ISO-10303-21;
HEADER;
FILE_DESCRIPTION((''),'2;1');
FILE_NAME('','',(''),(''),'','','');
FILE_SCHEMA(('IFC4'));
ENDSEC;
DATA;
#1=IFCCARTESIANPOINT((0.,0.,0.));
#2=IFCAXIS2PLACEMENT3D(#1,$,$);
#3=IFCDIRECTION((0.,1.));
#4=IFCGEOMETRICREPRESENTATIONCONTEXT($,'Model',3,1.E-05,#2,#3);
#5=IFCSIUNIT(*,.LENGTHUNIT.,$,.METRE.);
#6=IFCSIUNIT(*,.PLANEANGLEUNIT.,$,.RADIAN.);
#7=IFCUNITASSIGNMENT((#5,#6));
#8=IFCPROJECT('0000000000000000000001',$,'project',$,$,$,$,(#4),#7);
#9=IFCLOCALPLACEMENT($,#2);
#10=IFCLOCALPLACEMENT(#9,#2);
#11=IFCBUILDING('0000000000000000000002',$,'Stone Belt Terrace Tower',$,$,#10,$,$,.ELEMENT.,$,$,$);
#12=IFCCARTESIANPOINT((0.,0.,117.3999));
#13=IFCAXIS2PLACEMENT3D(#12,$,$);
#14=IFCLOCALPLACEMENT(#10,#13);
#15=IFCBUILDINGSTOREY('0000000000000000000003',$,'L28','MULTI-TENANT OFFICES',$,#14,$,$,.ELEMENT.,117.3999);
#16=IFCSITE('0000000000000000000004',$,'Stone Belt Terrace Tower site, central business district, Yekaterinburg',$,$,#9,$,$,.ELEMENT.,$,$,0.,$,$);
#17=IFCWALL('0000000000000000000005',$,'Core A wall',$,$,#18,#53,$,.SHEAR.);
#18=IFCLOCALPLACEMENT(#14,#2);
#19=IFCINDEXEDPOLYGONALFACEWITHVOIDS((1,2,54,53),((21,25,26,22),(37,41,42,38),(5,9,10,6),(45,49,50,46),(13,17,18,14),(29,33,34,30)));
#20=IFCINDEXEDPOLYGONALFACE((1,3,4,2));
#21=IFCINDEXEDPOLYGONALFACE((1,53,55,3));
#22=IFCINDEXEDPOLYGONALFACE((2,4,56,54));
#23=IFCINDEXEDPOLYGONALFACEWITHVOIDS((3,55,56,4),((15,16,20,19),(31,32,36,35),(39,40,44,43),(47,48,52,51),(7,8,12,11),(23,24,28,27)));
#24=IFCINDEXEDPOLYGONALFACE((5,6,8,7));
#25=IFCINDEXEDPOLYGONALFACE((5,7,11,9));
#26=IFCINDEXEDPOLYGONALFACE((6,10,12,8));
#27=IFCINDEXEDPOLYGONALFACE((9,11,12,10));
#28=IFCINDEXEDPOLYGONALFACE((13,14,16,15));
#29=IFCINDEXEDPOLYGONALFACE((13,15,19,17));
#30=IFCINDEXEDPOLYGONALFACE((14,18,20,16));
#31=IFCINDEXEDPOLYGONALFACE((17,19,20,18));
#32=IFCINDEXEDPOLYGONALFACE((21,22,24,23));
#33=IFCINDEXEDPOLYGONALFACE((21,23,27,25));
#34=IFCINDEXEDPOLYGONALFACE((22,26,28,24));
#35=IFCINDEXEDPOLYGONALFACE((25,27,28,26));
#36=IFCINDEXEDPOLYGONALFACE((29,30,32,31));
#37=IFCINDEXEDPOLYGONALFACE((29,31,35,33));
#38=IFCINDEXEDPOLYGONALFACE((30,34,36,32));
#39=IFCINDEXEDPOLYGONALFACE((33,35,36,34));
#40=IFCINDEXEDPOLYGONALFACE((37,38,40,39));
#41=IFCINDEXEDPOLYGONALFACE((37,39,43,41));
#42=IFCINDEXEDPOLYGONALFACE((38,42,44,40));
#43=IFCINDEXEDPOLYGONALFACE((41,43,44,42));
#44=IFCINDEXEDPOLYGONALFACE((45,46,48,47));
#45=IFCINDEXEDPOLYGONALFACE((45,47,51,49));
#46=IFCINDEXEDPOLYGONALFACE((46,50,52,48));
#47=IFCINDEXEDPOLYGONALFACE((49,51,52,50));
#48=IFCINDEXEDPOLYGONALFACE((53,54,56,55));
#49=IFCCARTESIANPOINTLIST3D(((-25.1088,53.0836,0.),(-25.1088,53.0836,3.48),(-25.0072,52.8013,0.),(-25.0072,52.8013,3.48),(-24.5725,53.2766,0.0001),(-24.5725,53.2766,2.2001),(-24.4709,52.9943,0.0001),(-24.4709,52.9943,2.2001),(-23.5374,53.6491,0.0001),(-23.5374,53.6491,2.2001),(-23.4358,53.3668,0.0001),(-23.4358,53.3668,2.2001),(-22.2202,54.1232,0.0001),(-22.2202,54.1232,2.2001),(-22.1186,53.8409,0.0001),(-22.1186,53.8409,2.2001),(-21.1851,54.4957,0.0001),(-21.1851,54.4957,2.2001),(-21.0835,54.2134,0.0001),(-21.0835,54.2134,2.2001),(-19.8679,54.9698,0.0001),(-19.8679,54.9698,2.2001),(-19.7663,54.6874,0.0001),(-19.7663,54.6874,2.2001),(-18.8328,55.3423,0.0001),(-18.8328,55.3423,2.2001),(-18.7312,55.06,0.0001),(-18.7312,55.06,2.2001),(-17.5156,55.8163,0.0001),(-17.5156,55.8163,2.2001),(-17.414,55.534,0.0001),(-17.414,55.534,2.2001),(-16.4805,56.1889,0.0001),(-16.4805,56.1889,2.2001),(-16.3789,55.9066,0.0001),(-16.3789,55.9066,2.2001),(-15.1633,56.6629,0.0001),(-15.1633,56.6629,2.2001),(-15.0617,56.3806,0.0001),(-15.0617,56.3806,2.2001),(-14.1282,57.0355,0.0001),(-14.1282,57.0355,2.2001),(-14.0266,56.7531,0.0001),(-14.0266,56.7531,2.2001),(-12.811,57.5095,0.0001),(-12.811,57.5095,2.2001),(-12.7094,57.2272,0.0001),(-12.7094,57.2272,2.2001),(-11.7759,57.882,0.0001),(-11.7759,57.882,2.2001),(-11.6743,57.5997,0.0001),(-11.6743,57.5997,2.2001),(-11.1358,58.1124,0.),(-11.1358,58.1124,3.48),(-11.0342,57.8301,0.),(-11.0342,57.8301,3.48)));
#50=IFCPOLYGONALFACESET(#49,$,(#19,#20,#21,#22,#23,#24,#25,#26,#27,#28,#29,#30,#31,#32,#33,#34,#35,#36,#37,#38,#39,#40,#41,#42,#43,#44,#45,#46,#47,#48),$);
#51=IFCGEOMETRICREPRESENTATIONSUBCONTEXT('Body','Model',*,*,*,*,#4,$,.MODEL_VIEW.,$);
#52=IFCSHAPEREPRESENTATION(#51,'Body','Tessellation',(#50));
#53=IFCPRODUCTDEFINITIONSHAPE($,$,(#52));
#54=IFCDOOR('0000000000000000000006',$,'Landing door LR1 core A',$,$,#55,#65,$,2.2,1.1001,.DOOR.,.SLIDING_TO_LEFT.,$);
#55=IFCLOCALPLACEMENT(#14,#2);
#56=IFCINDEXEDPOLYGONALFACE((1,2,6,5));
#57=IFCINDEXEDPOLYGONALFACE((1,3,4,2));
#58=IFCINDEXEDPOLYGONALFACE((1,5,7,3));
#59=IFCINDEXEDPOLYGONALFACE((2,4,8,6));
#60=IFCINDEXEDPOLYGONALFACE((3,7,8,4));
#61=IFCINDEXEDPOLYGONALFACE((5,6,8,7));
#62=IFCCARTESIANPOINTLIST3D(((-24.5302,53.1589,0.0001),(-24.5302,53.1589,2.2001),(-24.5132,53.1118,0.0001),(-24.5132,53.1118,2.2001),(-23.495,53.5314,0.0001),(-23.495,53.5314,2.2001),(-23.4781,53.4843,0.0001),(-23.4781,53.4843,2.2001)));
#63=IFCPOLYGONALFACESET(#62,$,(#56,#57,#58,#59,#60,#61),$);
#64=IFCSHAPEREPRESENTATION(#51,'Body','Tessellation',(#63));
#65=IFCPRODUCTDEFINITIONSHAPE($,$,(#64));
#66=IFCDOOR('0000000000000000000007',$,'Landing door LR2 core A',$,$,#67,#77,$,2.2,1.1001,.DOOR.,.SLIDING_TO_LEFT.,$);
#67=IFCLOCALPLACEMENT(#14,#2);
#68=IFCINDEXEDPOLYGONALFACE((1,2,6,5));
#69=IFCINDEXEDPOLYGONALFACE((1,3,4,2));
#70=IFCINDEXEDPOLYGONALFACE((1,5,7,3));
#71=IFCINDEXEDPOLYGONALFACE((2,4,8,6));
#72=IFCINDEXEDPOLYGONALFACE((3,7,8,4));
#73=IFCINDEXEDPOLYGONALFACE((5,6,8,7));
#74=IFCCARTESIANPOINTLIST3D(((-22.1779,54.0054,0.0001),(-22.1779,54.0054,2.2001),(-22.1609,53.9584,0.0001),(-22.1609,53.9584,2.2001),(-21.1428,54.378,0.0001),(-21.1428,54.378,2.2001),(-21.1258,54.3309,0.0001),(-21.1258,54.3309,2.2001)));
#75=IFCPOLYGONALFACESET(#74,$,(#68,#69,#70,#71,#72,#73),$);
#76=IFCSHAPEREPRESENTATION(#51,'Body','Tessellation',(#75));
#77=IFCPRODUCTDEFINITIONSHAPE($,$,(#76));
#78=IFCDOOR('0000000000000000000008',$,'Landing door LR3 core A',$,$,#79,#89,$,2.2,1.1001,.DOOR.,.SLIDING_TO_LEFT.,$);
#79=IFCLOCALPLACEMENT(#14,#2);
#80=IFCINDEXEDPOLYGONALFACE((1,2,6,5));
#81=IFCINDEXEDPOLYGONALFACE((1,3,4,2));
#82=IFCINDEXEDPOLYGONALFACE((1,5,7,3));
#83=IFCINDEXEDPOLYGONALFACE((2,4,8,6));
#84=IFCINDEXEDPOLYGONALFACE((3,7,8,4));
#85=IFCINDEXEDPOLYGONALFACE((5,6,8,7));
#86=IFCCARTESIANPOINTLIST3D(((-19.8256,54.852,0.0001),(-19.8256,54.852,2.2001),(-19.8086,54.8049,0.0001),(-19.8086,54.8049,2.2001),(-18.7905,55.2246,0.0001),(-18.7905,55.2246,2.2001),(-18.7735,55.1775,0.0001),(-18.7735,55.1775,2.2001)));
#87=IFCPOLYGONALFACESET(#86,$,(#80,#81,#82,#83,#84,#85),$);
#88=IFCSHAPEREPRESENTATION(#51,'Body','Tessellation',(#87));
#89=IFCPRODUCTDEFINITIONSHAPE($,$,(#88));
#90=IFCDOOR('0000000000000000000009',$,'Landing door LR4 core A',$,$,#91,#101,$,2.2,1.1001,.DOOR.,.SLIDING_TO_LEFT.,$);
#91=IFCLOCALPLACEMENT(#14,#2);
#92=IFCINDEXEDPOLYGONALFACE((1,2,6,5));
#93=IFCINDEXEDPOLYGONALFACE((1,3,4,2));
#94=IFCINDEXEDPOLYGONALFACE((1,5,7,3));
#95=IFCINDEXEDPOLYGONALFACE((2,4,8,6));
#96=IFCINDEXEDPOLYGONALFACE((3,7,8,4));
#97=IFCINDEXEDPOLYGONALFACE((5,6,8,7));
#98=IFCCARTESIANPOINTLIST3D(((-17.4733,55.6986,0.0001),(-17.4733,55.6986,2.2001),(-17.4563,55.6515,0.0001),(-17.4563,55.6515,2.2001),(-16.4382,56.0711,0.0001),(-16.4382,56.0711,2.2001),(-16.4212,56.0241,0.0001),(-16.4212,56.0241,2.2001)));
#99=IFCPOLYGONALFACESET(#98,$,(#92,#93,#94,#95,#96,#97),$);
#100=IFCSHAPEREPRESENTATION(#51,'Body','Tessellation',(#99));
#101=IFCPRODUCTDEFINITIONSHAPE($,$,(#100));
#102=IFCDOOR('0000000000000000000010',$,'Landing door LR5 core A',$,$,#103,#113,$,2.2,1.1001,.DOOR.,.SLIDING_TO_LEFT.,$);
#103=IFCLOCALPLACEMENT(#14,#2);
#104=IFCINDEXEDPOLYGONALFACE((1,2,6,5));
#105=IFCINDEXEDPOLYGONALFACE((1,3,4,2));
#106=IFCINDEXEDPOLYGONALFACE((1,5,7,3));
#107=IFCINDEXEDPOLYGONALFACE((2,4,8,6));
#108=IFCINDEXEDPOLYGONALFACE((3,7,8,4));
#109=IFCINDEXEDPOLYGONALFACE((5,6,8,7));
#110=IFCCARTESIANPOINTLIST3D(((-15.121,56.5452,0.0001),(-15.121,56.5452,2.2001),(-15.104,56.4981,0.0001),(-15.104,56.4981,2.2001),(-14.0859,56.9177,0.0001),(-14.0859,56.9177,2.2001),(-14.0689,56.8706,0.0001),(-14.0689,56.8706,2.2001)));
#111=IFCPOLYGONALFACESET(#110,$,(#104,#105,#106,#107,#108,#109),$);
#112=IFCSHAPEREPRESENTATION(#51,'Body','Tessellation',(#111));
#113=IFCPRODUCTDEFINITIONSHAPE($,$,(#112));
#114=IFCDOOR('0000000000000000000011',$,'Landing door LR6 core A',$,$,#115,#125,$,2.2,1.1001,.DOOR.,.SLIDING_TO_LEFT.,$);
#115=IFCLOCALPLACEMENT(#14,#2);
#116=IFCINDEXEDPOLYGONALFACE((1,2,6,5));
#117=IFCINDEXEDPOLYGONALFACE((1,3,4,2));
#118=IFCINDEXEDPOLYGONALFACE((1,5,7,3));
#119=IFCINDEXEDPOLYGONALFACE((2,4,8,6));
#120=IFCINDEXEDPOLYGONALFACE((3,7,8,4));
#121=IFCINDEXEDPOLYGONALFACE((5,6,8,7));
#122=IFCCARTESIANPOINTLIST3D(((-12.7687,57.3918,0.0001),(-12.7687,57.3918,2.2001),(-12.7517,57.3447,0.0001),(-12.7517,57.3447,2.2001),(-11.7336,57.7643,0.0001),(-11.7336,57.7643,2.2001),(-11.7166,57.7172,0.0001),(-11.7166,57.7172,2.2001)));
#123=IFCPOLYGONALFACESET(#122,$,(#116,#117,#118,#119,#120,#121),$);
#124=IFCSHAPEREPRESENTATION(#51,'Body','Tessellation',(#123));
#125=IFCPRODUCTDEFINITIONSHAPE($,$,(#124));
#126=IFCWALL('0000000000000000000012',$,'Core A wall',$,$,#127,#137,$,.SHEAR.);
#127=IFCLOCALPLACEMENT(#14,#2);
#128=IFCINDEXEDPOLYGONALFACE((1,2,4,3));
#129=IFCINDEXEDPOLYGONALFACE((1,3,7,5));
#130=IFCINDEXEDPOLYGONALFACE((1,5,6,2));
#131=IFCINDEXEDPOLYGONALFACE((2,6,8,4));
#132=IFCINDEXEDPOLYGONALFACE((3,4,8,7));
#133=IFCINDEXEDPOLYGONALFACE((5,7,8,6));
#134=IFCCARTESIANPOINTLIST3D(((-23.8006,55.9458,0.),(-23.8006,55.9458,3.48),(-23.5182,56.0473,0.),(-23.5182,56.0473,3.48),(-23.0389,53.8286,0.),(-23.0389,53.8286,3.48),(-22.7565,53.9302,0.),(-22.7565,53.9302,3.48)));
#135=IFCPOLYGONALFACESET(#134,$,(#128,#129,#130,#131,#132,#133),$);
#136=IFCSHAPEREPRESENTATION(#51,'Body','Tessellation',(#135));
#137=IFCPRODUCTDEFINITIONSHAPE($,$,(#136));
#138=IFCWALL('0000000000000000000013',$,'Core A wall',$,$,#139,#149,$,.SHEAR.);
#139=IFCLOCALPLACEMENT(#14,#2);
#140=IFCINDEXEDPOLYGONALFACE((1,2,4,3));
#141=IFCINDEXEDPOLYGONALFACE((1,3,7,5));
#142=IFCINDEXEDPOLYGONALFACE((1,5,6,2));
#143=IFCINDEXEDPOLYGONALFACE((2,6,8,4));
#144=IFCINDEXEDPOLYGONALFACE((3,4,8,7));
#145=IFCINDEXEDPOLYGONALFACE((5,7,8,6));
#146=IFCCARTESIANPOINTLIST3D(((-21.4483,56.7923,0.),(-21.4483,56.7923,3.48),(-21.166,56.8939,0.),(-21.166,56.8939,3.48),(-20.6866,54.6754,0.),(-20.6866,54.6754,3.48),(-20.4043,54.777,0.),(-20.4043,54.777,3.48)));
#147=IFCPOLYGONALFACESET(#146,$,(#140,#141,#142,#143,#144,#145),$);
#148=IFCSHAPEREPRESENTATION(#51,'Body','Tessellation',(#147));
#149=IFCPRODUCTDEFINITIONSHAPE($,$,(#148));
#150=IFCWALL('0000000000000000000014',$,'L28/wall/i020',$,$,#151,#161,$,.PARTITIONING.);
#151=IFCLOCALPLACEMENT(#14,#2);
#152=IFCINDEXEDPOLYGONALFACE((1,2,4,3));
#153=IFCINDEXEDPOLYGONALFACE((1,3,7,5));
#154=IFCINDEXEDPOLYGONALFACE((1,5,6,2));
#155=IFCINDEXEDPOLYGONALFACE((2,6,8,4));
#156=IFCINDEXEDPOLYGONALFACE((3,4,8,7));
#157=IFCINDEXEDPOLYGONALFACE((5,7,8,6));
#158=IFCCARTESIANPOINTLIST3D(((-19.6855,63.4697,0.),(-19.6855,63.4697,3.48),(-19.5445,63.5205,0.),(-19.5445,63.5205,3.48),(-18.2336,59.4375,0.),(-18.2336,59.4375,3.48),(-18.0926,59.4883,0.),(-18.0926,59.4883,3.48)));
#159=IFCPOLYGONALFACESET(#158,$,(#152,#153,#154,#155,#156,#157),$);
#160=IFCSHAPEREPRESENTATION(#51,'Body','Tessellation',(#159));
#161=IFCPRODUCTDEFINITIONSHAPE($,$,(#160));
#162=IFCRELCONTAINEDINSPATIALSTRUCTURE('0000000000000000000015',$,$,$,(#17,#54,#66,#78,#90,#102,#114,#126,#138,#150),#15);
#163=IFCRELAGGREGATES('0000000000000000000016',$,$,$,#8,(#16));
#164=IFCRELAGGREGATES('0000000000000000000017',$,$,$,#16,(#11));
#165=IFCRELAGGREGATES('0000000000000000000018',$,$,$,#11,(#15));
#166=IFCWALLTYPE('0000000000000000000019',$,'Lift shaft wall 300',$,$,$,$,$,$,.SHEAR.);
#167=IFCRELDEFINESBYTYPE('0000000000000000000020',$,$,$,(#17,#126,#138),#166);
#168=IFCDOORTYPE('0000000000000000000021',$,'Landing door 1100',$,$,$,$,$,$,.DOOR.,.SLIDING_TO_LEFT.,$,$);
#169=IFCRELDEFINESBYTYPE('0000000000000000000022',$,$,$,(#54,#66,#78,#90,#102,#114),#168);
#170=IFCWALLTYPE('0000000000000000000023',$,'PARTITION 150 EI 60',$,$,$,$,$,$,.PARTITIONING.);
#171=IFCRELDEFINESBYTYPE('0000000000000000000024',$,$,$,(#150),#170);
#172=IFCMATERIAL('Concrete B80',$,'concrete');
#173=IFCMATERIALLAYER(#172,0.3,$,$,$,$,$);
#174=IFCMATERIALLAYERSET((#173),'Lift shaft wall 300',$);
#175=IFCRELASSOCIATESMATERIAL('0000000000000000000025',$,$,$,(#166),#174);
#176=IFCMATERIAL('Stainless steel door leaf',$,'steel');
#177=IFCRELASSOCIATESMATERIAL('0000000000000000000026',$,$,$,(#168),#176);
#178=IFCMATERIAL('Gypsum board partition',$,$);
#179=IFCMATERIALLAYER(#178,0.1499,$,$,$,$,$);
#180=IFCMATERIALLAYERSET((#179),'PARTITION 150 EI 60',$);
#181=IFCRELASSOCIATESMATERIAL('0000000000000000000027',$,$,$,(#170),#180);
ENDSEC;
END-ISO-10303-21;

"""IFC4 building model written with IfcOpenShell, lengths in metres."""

from ifc_helpers import new_model, si_unit, direction, frame, frame_2d, origin, place, context, subcontext, project, spatial, rectangle, extrude, material, layer, layer_set, type_object, element, fill, save


model = new_model("IFC4")

# Units and contexts
model_context = context("Model", 3, precision=1e-05, world=origin(), true_north=direction((0.0, 1.0)))
body_context = subcontext(model_context, "Body", "Model", "MODEL_VIEW")
ifc_project = project(units=[si_unit("LENGTHUNIT", "METRE"), si_unit("PLANEANGLEUNIT", "RADIAN")], contexts=[model_context])

# Site, building, storey
site_placement = place(None, origin())
site = spatial("IfcSite", under=ifc_project, at=site_placement, Name="Stone Belt Terrace Tower site, central business district, Yekaterinburg", CompositionType="ELEMENT", RefElevation=0.0)
building_placement = place(site_placement, origin())
building = spatial("IfcBuilding", under=site, at=building_placement, Name="Stone Belt Terrace Tower", CompositionType="ELEMENT")
storey_placement = place(building_placement, frame((0.0, 0.0, 117.3999)))
storey = spatial("IfcBuildingStorey", under=building, at=storey_placement, Name="L28", Description="MULTI-TENANT OFFICES", CompositionType="ELEMENT", Elevation=117.3999)

# Shared definitions
ifc_material_1 = material(Name="Concrete B80", Category="concrete")

# Wall, openings, doors
ifc_layer_1 = layer(ifc_material_1, 0.3)
ifc_layer_set_1 = layer_set([ifc_layer_1], Name="Lift shaft wall 300")
wall_type_1 = type_object("IfcWallType", Name="Lift shaft wall 300", PredefinedType="SHEAR", material=ifc_layer_set_1)
wall_1_placement = place(storey_placement, frame((-25.0581, 52.9424, 0.0), z_axis=(0.0, 0.0, 1.0), x_axis=(0.940918, 0.338634, 0.0)))
wall_1 = element("IfcWall", 1, at=wall_1_placement, inside=storey, type_object=wall_type_1, Name="Core A wall", PredefinedType="SHEAR", context=body_context, shape_type="SweptSolid", body=[
    extrude(rectangle(XDim=14.8503, YDim=0.3, at=frame_2d((7.4253, 0.0))), origin(), (0.0, 0.0, 1.0), 3.48),
])
opening_1_placement = place(wall_1_placement, frame((0.5701, 0.0, 0.0)))
opening_1 = element("IfcOpeningElement", 2, at=opening_1_placement, cuts=wall_1, PredefinedType="OPENING", context=body_context, shape_type="SweptSolid", body=[
    extrude(rectangle(XDim=1.1001, YDim=2.2, at=frame_2d((0.55, 1.1001))), frame((0.0, 0.1599, 0.0), z_axis=(0.0, -1.0, 0.0), x_axis=(1.0, 0.0, 0.0)), (0.0, 0.0, 1.0), 0.3201),
])
opening_2_placement = place(wall_1_placement, frame((3.0701, 0.0, 0.0)))
opening_2 = element("IfcOpeningElement", 3, at=opening_2_placement, cuts=wall_1, PredefinedType="OPENING", context=body_context, shape_type="SweptSolid", body=[
    extrude(rectangle(XDim=1.1001, YDim=2.2, at=frame_2d((0.55, 1.1001))), frame((0.0, 0.1599, 0.0), z_axis=(0.0, -1.0, 0.0), x_axis=(1.0, 0.0, 0.0)), (0.0, 0.0, 1.0), 0.3201),
])
opening_3_placement = place(wall_1_placement, frame((5.5701, 0.0, 0.0)))
opening_3 = element("IfcOpeningElement", 4, at=opening_3_placement, cuts=wall_1, PredefinedType="OPENING", context=body_context, shape_type="SweptSolid", body=[
    extrude(rectangle(XDim=1.1001, YDim=2.2, at=frame_2d((0.55, 1.1001))), frame((0.0, 0.1599, 0.0), z_axis=(0.0, -1.0, 0.0), x_axis=(1.0, 0.0, 0.0)), (0.0, 0.0, 1.0), 0.3201),
])
opening_4_placement = place(wall_1_placement, frame((8.0701, 0.0, 0.0)))
opening_4 = element("IfcOpeningElement", 5, at=opening_4_placement, cuts=wall_1, PredefinedType="OPENING", context=body_context, shape_type="SweptSolid", body=[
    extrude(rectangle(XDim=1.1001, YDim=2.2, at=frame_2d((0.55, 1.1001))), frame((0.0, 0.1599, 0.0), z_axis=(0.0, -1.0, 0.0), x_axis=(1.0, 0.0, 0.0)), (0.0, 0.0, 1.0), 0.3201),
])
opening_5_placement = place(wall_1_placement, frame((10.5701, 0.0, 0.0)))
opening_5 = element("IfcOpeningElement", 6, at=opening_5_placement, cuts=wall_1, PredefinedType="OPENING", context=body_context, shape_type="SweptSolid", body=[
    extrude(rectangle(XDim=1.1001, YDim=2.2, at=frame_2d((0.55, 1.1001))), frame((0.0, 0.1599, 0.0), z_axis=(0.0, -1.0, 0.0), x_axis=(1.0, 0.0, 0.0)), (0.0, 0.0, 1.0), 0.3201),
])
opening_6_placement = place(wall_1_placement, frame((13.0701, 0.0, 0.0)))
opening_6 = element("IfcOpeningElement", 7, at=opening_6_placement, cuts=wall_1, PredefinedType="OPENING", context=body_context, shape_type="SweptSolid", body=[
    extrude(rectangle(XDim=1.1001, YDim=2.2, at=frame_2d((0.55, 1.1001))), frame((0.0, 0.1599, 0.0), z_axis=(0.0, -1.0, 0.0), x_axis=(1.0, 0.0, 0.0)), (0.0, 0.0, 1.0), 0.3201),
])
ifc_material_2 = material(Name="Stainless steel door leaf", Category="steel")
door_type = type_object("IfcDoorType", Name="Landing door 1100", OperationType="SLIDING_TO_LEFT", PredefinedType="DOOR", material=ifc_material_2)
door_1_placement = place(opening_1_placement, origin())
door_1 = element("IfcDoor", 8, at=door_1_placement, inside=storey, type_object=door_type, Name="Landing door LR1 core A", OperationType="SLIDING_TO_LEFT", OverallHeight=2.2, OverallWidth=1.1001, PredefinedType="DOOR", context=body_context, shape_type="SweptSolid", body=[
    extrude(rectangle(XDim=1.1001, YDim=2.2, at=frame_2d((0.55, 1.1001))), frame((0.0, 0.0249, 0.0), z_axis=(0.0, -1.0, 0.0), x_axis=(1.0, 0.0, 0.0)), (0.0, 0.0, 1.0), 0.05),
])
fill(opening_1, door_1)
door_2_placement = place(opening_2_placement, origin())
door_2 = element("IfcDoor", 9, at=door_2_placement, inside=storey, type_object=door_type, Name="Landing door LR2 core A", OperationType="SLIDING_TO_LEFT", OverallHeight=2.2, OverallWidth=1.1001, PredefinedType="DOOR", context=body_context, shape_type="SweptSolid", body=[
    extrude(rectangle(XDim=1.1001, YDim=2.2, at=frame_2d((0.55, 1.1001))), frame((0.0, 0.0249, 0.0), z_axis=(0.0, -1.0, 0.0), x_axis=(1.0, 0.0, 0.0)), (0.0, 0.0, 1.0), 0.05),
])
fill(opening_2, door_2)
door_3_placement = place(opening_3_placement, origin())
door_3 = element("IfcDoor", 10, at=door_3_placement, inside=storey, type_object=door_type, Name="Landing door LR3 core A", OperationType="SLIDING_TO_LEFT", OverallHeight=2.2, OverallWidth=1.1001, PredefinedType="DOOR", context=body_context, shape_type="SweptSolid", body=[
    extrude(rectangle(XDim=1.1001, YDim=2.2, at=frame_2d((0.55, 1.1001))), frame((0.0, 0.0249, 0.0), z_axis=(0.0, -1.0, 0.0), x_axis=(1.0, 0.0, 0.0)), (0.0, 0.0, 1.0), 0.05),
])
fill(opening_3, door_3)
door_4_placement = place(opening_4_placement, origin())
door_4 = element("IfcDoor", 11, at=door_4_placement, inside=storey, type_object=door_type, Name="Landing door LR4 core A", OperationType="SLIDING_TO_LEFT", OverallHeight=2.2, OverallWidth=1.1001, PredefinedType="DOOR", context=body_context, shape_type="SweptSolid", body=[
    extrude(rectangle(XDim=1.1001, YDim=2.2, at=frame_2d((0.55, 1.1001))), frame((0.0, 0.0249, 0.0), z_axis=(0.0, -1.0, 0.0), x_axis=(1.0, 0.0, 0.0)), (0.0, 0.0, 1.0), 0.05),
])
fill(opening_4, door_4)
door_5_placement = place(opening_5_placement, origin())
door_5 = element("IfcDoor", 12, at=door_5_placement, inside=storey, type_object=door_type, Name="Landing door LR5 core A", OperationType="SLIDING_TO_LEFT", OverallHeight=2.2, OverallWidth=1.1001, PredefinedType="DOOR", context=body_context, shape_type="SweptSolid", body=[
    extrude(rectangle(XDim=1.1001, YDim=2.2, at=frame_2d((0.55, 1.1001))), frame((0.0, 0.0249, 0.0), z_axis=(0.0, -1.0, 0.0), x_axis=(1.0, 0.0, 0.0)), (0.0, 0.0, 1.0), 0.05),
])
fill(opening_5, door_5)
door_6_placement = place(opening_6_placement, origin())
door_6 = element("IfcDoor", 13, at=door_6_placement, inside=storey, type_object=door_type, Name="Landing door LR6 core A", OperationType="SLIDING_TO_LEFT", OverallHeight=2.2, OverallWidth=1.1001, PredefinedType="DOOR", context=body_context, shape_type="SweptSolid", body=[
    extrude(rectangle(XDim=1.1001, YDim=2.2, at=frame_2d((0.55, 1.1001))), frame((0.0, 0.0249, 0.0), z_axis=(0.0, -1.0, 0.0), x_axis=(1.0, 0.0, 0.0)), (0.0, 0.0, 1.0), 0.05),
])
fill(opening_6, door_6)

# Walls
wall_2_placement = place(storey_placement, frame((-22.8977, 53.8794, 0.0), z_axis=(0.0, 0.0, 1.0), x_axis=(-0.338535, 0.940954, 0.0)))
element("IfcWall", 14, at=wall_2_placement, inside=storey, type_object=wall_type_1, Name="Core A wall", PredefinedType="SHEAR", context=body_context, shape_type="SweptSolid", body=[
    extrude(rectangle(XDim=2.25, YDim=0.3, at=frame_2d((1.125, 0.0))), origin(), (0.0, 0.0, 1.0), 3.48),
])
wall_3_placement = place(storey_placement, frame((-20.5454, 54.7261, 0.0), z_axis=(0.0, 0.0, 1.0), x_axis=(-0.33857, 0.940941, 0.0)))
element("IfcWall", 15, at=wall_3_placement, inside=storey, type_object=wall_type_1, Name="Core A wall", PredefinedType="SHEAR", context=body_context, shape_type="SweptSolid", body=[
    extrude(rectangle(XDim=2.2498, YDim=0.3, at=frame_2d((1.125, 0.0))), origin(), (0.0, 0.0, 1.0), 3.48),
])
ifc_material_3 = material(Name="Gypsum board partition")
ifc_layer_2 = layer(ifc_material_3, 0.1499)
ifc_layer_set_2 = layer_set([ifc_layer_2], Name="PARTITION 150 EI 60")
wall_type_2 = type_object("IfcWallType", Name="PARTITION 150 EI 60", PredefinedType="PARTITIONING", material=ifc_layer_set_2)
wall_4_placement = place(storey_placement, frame((-19.615, 63.4951, 0.0), z_axis=(0.0, 0.0, 1.0), x_axis=(0.338782, -0.940865, 0.0)))
element("IfcWall", 16, at=wall_4_placement, inside=storey, type_object=wall_type_2, Name="L28/wall/i020", PredefinedType="PARTITIONING", context=body_context, shape_type="SweptSolid", body=[
    extrude(rectangle(XDim=4.2856, YDim=0.1499, at=frame_2d((2.1428, 0.0))), origin(), (0.0, 0.0, 1.0), 3.48),
])

save(model, "model.ifc")
